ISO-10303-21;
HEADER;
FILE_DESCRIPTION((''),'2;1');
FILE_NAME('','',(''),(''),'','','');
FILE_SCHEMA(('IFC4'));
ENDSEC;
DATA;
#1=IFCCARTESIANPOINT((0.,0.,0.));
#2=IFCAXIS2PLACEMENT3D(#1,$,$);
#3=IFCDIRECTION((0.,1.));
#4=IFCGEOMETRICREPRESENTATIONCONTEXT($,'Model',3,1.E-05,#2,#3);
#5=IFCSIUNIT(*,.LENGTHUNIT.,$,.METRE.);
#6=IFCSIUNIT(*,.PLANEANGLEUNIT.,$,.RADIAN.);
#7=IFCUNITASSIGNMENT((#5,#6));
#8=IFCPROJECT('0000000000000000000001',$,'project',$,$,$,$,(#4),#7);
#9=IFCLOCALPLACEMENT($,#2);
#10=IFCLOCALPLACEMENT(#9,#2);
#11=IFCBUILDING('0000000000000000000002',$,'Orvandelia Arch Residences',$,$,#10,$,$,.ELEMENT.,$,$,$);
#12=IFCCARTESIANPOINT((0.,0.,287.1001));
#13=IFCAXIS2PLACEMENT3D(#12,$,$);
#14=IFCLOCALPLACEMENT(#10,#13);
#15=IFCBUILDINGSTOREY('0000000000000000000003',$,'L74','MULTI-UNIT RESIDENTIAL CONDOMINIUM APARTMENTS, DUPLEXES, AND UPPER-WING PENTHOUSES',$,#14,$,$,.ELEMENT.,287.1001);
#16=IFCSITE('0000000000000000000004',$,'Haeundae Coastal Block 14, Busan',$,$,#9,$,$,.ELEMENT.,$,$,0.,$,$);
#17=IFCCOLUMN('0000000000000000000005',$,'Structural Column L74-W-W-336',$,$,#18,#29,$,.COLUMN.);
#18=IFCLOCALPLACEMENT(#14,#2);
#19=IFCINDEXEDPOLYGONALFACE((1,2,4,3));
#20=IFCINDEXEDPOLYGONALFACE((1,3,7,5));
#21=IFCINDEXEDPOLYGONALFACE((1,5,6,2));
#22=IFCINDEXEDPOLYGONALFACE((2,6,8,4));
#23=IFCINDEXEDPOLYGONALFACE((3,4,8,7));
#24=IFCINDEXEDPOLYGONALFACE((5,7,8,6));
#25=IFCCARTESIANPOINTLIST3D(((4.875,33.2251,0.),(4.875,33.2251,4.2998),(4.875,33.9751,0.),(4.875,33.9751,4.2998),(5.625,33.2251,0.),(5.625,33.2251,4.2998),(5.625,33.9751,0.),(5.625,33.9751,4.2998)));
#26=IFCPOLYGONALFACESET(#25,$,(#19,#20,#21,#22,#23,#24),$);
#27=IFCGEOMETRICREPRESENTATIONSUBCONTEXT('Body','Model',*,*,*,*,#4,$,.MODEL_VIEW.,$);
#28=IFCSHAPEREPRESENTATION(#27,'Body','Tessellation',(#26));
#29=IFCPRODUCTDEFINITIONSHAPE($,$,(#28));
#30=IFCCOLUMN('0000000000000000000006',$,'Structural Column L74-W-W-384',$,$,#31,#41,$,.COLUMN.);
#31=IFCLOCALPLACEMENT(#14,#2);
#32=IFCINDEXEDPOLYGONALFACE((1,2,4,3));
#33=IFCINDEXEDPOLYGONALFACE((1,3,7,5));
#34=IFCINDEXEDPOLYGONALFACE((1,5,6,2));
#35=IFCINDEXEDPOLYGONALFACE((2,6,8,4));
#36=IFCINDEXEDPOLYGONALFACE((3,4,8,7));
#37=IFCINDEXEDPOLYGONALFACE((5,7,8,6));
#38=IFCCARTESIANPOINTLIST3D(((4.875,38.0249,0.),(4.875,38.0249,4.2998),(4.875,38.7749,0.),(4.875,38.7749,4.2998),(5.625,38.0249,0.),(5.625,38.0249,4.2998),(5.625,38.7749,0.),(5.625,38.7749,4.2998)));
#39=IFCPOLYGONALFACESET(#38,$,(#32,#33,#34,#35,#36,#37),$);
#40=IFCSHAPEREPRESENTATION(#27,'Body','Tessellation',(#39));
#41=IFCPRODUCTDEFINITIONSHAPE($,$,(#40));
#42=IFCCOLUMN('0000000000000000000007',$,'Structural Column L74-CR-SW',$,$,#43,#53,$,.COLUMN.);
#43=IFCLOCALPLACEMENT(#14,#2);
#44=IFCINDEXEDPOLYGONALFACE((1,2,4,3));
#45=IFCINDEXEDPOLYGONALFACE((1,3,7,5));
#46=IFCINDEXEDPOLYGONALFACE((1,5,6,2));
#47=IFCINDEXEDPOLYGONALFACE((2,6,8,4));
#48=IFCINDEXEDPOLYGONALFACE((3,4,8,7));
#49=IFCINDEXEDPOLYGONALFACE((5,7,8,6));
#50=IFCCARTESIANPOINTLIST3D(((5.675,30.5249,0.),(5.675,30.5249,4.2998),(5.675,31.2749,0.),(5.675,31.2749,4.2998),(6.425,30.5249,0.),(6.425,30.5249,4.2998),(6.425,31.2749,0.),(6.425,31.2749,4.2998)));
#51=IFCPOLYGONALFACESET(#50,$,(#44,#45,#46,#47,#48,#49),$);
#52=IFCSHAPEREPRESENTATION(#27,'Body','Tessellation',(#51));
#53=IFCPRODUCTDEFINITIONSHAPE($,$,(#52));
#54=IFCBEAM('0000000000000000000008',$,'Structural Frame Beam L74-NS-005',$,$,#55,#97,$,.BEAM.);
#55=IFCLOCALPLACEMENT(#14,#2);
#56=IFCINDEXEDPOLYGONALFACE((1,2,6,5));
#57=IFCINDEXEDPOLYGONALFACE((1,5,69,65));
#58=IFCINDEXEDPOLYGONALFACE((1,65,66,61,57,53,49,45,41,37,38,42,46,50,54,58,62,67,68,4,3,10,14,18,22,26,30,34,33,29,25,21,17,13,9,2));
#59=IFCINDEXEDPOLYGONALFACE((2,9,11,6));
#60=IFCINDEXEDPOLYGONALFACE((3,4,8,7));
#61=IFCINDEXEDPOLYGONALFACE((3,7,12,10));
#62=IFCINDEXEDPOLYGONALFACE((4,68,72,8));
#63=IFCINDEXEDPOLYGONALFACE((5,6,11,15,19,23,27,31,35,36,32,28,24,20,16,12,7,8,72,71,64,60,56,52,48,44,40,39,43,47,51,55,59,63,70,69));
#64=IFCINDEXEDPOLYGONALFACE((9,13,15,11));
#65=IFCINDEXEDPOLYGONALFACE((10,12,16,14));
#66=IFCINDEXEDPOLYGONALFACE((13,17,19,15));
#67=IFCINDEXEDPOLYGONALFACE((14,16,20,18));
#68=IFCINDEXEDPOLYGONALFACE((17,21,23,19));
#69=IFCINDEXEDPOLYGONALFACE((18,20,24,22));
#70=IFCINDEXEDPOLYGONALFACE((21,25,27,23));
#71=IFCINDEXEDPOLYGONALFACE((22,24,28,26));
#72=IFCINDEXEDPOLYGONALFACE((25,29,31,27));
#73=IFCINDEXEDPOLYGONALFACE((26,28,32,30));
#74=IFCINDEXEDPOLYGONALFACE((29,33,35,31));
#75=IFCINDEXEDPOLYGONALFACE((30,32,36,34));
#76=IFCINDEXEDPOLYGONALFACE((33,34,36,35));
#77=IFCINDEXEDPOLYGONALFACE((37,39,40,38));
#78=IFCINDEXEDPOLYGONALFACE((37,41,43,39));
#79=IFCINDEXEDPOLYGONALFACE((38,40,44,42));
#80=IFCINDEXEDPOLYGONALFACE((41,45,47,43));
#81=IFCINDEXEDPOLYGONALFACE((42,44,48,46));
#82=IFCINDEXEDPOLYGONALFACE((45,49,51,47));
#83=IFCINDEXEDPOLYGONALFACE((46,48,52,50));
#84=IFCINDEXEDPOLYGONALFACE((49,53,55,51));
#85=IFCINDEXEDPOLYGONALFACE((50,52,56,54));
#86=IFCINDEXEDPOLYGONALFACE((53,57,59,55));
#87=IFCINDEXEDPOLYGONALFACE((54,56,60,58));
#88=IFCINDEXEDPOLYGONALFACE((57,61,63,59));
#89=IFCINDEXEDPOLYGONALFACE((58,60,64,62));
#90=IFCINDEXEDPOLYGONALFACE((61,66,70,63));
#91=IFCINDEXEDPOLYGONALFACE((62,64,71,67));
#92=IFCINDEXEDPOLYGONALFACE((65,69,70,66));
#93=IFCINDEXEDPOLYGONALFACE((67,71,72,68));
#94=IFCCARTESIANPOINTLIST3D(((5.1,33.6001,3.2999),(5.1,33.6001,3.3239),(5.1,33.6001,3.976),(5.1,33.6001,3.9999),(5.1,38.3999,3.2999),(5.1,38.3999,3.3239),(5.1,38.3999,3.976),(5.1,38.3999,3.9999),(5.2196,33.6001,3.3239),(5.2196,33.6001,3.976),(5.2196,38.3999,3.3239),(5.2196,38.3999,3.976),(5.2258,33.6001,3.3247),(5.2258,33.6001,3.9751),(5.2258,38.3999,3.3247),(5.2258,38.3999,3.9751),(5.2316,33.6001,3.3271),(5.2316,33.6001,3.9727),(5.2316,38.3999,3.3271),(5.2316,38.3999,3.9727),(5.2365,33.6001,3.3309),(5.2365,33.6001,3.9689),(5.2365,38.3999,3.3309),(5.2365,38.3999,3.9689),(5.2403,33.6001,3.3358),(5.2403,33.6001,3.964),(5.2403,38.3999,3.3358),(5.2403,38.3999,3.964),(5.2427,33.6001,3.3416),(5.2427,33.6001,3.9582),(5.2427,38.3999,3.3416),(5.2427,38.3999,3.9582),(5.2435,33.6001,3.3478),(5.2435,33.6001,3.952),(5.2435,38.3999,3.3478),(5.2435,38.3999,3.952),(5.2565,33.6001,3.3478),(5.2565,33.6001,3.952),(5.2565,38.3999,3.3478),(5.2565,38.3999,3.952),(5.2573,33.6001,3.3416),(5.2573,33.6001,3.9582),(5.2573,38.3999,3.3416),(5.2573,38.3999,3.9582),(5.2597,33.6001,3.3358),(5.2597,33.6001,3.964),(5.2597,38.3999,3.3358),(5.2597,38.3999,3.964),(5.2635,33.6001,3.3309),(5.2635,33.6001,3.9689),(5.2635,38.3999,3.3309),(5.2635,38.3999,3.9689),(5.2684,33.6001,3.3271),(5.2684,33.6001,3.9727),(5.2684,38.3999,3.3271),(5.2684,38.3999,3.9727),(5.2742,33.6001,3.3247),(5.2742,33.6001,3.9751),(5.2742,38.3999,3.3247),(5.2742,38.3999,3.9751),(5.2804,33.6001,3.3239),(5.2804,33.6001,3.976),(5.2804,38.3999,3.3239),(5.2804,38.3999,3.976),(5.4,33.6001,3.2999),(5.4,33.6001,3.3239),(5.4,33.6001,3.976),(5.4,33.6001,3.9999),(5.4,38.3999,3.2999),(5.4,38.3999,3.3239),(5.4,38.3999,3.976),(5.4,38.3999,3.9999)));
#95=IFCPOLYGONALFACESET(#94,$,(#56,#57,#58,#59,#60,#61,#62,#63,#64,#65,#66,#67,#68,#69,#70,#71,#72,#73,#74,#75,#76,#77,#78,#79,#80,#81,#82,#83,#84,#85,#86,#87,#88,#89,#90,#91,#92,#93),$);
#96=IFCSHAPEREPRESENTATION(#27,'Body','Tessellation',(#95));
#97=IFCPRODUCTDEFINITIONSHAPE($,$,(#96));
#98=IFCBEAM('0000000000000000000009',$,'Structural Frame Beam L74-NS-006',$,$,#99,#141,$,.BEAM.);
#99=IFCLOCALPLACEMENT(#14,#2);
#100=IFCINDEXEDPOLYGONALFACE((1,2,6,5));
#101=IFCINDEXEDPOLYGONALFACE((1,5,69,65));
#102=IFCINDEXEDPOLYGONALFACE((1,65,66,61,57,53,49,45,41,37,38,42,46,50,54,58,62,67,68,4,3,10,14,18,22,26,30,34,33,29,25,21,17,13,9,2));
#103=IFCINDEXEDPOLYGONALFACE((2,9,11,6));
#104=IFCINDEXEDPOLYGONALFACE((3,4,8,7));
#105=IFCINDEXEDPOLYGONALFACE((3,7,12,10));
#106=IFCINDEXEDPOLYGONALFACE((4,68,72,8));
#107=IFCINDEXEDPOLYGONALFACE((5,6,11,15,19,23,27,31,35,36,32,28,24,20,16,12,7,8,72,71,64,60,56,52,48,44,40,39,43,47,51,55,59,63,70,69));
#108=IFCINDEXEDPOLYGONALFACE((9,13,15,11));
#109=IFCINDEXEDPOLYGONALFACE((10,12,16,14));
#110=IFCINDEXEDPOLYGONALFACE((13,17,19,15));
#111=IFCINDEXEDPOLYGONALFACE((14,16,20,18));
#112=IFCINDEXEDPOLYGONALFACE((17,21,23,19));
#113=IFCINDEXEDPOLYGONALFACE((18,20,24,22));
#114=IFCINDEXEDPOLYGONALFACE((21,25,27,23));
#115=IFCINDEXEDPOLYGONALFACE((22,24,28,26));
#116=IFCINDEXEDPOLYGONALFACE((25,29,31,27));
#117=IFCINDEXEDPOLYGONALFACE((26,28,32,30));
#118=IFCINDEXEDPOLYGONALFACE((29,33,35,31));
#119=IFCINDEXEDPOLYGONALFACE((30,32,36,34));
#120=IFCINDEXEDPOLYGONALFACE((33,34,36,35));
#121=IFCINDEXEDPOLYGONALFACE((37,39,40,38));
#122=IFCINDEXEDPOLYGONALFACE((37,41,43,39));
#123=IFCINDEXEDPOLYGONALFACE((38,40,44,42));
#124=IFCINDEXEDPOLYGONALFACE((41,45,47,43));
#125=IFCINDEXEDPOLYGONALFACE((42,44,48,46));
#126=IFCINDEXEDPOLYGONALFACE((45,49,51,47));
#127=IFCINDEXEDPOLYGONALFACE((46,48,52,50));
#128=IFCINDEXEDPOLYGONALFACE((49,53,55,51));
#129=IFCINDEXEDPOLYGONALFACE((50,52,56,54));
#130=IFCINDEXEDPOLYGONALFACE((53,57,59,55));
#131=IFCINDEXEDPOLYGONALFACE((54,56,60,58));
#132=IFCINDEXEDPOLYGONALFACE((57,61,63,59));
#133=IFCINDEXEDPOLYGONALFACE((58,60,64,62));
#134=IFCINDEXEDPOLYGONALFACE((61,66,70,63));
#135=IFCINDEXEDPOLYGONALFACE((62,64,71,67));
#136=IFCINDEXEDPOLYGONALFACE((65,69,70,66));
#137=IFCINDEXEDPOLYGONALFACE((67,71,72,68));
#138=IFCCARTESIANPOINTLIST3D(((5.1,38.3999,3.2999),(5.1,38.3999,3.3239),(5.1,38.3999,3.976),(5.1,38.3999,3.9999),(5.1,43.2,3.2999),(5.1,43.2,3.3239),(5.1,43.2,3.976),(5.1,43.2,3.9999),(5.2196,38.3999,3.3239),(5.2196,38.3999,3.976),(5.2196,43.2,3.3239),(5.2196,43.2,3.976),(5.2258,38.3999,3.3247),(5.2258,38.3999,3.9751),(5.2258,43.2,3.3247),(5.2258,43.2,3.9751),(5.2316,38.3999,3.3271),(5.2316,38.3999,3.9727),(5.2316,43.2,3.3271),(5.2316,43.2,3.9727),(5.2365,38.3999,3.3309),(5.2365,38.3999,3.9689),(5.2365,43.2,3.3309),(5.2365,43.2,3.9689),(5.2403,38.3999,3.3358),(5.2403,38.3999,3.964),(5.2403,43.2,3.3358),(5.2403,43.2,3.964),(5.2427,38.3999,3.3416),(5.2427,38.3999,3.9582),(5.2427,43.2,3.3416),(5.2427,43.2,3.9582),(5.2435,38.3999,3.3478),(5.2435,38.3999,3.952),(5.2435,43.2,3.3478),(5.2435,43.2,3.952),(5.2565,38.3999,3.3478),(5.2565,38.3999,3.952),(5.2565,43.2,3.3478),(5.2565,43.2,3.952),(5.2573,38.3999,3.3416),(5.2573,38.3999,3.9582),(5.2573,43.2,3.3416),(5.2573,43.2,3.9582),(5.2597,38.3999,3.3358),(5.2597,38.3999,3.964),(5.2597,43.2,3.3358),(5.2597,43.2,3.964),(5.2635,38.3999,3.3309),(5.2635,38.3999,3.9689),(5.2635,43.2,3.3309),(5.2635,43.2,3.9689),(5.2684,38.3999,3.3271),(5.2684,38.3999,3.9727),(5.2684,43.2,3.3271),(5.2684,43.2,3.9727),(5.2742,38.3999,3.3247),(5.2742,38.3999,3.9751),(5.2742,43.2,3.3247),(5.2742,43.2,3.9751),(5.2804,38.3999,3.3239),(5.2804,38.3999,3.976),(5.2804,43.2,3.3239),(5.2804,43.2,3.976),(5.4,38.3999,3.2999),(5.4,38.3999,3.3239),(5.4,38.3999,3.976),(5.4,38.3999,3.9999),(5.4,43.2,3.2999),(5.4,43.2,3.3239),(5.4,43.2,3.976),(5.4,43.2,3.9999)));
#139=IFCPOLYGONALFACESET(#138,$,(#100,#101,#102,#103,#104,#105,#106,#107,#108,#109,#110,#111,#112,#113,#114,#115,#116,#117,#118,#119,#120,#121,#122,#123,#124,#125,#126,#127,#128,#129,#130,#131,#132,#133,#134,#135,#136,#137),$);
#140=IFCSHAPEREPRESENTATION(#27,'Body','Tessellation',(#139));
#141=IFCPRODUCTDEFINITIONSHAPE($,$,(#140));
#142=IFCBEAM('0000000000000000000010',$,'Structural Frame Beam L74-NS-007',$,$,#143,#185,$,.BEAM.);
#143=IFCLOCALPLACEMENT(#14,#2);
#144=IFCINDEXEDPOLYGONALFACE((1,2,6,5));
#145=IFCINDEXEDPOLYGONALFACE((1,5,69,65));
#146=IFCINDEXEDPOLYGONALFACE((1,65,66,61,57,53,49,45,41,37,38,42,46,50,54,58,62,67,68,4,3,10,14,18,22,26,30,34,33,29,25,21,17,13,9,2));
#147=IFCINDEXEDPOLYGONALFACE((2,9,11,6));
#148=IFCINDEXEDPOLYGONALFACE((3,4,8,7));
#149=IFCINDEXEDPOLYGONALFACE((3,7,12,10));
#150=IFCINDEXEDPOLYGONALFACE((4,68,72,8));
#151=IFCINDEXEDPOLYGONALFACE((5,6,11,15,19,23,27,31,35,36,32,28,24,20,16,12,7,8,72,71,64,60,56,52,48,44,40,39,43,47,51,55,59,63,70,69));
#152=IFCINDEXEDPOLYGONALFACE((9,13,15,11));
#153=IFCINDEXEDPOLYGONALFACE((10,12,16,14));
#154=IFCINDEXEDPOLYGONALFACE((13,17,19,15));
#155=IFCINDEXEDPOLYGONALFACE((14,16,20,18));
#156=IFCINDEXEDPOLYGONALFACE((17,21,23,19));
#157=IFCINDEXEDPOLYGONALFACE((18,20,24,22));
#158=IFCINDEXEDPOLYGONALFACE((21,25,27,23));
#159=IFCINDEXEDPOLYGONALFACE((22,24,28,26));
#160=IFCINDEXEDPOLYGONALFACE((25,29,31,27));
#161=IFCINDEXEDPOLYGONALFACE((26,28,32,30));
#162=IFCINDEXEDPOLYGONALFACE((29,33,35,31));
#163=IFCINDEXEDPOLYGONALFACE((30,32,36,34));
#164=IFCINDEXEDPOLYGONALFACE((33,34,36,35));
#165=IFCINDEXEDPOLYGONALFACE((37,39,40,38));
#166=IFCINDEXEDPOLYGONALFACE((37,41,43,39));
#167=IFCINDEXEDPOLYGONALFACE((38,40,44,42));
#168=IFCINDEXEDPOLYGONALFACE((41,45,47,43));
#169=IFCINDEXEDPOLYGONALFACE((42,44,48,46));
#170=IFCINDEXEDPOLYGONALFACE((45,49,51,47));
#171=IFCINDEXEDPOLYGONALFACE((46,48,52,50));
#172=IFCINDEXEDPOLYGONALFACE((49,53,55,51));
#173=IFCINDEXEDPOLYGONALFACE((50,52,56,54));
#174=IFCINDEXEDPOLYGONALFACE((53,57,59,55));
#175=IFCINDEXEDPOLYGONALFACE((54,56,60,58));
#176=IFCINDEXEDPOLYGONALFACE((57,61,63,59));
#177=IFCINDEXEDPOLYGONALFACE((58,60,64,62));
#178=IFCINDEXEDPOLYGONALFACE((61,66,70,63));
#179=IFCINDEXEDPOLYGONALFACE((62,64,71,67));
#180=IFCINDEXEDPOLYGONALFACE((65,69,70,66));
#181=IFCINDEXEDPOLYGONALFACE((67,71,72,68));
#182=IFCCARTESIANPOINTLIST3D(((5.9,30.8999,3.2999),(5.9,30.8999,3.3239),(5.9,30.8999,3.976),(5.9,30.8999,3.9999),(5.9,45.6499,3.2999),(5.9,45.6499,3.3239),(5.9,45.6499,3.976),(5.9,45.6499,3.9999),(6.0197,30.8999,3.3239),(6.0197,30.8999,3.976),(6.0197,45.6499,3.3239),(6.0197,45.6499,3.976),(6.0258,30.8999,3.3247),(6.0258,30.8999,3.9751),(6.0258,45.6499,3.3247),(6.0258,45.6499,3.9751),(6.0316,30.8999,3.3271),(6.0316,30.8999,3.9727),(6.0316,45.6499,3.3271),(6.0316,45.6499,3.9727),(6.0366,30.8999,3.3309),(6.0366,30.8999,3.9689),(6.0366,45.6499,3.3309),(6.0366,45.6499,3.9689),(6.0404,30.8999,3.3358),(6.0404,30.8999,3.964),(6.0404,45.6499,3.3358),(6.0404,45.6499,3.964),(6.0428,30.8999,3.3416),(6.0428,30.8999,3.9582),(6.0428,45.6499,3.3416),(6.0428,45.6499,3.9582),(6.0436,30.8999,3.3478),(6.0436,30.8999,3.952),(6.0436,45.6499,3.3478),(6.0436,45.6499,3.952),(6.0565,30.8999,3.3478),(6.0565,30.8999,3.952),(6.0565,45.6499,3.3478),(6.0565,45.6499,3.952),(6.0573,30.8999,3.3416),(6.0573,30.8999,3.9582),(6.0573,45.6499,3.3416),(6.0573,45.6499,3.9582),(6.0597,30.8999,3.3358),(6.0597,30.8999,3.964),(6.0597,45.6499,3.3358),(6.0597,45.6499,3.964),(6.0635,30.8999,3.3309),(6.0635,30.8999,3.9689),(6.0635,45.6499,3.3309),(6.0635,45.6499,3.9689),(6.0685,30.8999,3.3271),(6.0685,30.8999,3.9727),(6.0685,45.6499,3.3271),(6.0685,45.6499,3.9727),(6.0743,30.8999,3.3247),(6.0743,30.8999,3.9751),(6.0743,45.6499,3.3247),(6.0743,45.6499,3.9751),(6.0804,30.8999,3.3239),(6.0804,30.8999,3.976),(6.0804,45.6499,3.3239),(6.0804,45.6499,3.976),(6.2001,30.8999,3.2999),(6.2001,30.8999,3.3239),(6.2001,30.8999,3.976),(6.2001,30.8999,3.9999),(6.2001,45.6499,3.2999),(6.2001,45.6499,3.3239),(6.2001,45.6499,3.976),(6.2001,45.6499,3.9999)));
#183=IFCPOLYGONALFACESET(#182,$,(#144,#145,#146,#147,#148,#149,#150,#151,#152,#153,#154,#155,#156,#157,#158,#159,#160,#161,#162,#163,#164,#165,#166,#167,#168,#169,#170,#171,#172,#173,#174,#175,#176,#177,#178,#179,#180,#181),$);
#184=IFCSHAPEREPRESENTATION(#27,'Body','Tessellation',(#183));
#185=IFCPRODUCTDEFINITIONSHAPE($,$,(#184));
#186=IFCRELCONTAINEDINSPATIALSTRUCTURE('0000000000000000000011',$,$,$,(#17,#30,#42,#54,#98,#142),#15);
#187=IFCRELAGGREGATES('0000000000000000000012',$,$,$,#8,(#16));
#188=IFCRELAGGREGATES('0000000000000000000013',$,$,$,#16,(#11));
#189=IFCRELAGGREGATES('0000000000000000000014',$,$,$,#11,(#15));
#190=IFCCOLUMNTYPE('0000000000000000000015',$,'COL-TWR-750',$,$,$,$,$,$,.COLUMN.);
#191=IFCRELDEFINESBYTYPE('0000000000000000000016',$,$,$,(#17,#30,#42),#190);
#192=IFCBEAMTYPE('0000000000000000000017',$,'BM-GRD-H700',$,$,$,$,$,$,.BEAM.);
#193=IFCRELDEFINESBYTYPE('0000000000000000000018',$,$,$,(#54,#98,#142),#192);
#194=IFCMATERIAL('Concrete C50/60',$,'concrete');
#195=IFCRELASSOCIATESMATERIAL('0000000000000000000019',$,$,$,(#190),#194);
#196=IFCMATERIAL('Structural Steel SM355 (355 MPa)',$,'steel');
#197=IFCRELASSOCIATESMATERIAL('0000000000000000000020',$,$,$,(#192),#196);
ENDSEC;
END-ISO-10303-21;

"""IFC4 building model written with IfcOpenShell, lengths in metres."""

from ifc_helpers import new_model, si_unit, direction, frame, origin, origin_2d, place, context, subcontext, project, spatial, rectangle, i_section, extrude, material, material_profile, profile_set, type_object, element, save


model = new_model("IFC4")

# Units and contexts
model_context = context("Model", 3, precision=1e-05, world=origin(), true_north=direction((0.0, 1.0)))
body_context = subcontext(model_context, "Body", "Model", "MODEL_VIEW")
ifc_project = project(units=[si_unit("LENGTHUNIT", "METRE"), si_unit("PLANEANGLEUNIT", "RADIAN")], contexts=[model_context])

# Site, building, storey
site_placement = place(None, origin())
site = spatial("IfcSite", under=ifc_project, at=site_placement, Name="Haeundae Coastal Block 14, Busan", CompositionType="ELEMENT", RefElevation=0.0)
building_placement = place(site_placement, origin())
building = spatial("IfcBuilding", under=site, at=building_placement, Name="Orvandelia Arch Residences", CompositionType="ELEMENT")
storey_placement = place(building_placement, frame((0.0, 0.0, 287.1001)))
storey = spatial("IfcBuildingStorey", under=building, at=storey_placement, Name="L74", Description="MULTI-UNIT RESIDENTIAL CONDOMINIUM APARTMENTS, DUPLEXES, AND UPPER-WING PENTHOUSES", CompositionType="ELEMENT", Elevation=287.1001)

# Columns
ifc_material_1 = material(Name="Concrete C50/60", Category="concrete")
ifc_material_profile_1 = material_profile(ifc_material_1, rectangle(XDim=0.75, YDim=0.75, at=origin_2d()), Name="Concrete C50/60", Category="concrete")
ifc_profile_set_1 = profile_set([ifc_material_profile_1], Name="Concrete C50/60")
column_type = type_object("IfcColumnType", Name="COL-TWR-750", PredefinedType="COLUMN", material=ifc_profile_set_1)
for number, where, z_axis, x_axis, name in (
    (1, (5.25, 33.6001, 0.0), (0.0, 0.0, 1.0), (1.0, 0.0, 0.0), "Structural Column L74-W-W-336"),
    (2, (5.25, 38.3999, 0.0), (0.0, 0.0, 1.0), (1.0, 0.0, 0.0), "Structural Column L74-W-W-384"),
    (3, (6.05, 30.8999, 0.0), (0.0, 0.0, 1.0), (1.0, 0.0, 0.0), "Structural Column L74-CR-SW"),
):
    element("IfcColumn", number, at=place(storey_placement, frame(where, z_axis=z_axis, x_axis=x_axis)), inside=storey, type_object=column_type, Name=name, PredefinedType="COLUMN", context=body_context, shape_type="SweptSolid", body=[
        extrude(rectangle(XDim=0.75, YDim=0.75, at=origin_2d()), origin(), (0.0, 0.0, 1.0), 4.2998),
    ])

# Beams
ifc_material_2 = material(Name="Structural Steel SM355 (355 MPa)", Category="steel")
ifc_material_profile_2 = material_profile(ifc_material_2, i_section(OverallWidth=0.3, OverallDepth=0.7, WebThickness=0.0129, FlangeThickness=0.0239, FilletRadius=0.0239, at=origin_2d()), Name="Structural Steel SM355 (355 MPa)", Category="steel")
ifc_profile_set_2 = profile_set([ifc_material_profile_2], Name="Structural Steel SM355 (355 MPa)")
beam_type = type_object("IfcBeamType", Name="BM-GRD-H700", PredefinedType="BEAM", material=ifc_profile_set_2)
beam_1_placement = place(storey_placement, frame((5.25, 33.6001, 3.6499), z_axis=(0.0, 1.0, 0.0), x_axis=(-1.0, 0.0, 0.0)))
element("IfcBeam", 4, at=beam_1_placement, inside=storey, type_object=beam_type, Name="Structural Frame Beam L74-NS-005", PredefinedType="BEAM", context=body_context, shape_type="SweptSolid", body=[
    extrude(i_section(OverallWidth=0.3, OverallDepth=0.7, WebThickness=0.0129, FlangeThickness=0.0239, FilletRadius=0.0239, at=origin_2d()), origin(), (0.0, 0.0, 1.0), 4.7998),
])
beam_2_placement = place(storey_placement, frame((5.25, 38.3999, 3.6499), z_axis=(0.0, 1.0, 0.0), x_axis=(-1.0, 0.0, 0.0)))
element("IfcBeam", 5, at=beam_2_placement, inside=storey, type_object=beam_type, Name="Structural Frame Beam L74-NS-006", PredefinedType="BEAM", context=body_context, shape_type="SweptSolid", body=[
    extrude(i_section(OverallWidth=0.3, OverallDepth=0.7, WebThickness=0.0129, FlangeThickness=0.0239, FilletRadius=0.0239, at=origin_2d()), origin(), (0.0, 0.0, 1.0), 4.8),
])
beam_3_placement = place(storey_placement, frame((6.05, 30.8999, 3.6499), z_axis=(0.0, 1.0, 0.0), x_axis=(-1.0, 0.0, 0.0)))
element("IfcBeam", 6, at=beam_3_placement, inside=storey, type_object=beam_type, Name="Structural Frame Beam L74-NS-007", PredefinedType="BEAM", context=body_context, shape_type="SweptSolid", body=[
    extrude(i_section(OverallWidth=0.3, OverallDepth=0.7, WebThickness=0.0129, FlangeThickness=0.0239, FilletRadius=0.0239, at=origin_2d()), origin(), (0.0, 0.0, 1.0), 14.75),
])

save(model, "model.ifc")
